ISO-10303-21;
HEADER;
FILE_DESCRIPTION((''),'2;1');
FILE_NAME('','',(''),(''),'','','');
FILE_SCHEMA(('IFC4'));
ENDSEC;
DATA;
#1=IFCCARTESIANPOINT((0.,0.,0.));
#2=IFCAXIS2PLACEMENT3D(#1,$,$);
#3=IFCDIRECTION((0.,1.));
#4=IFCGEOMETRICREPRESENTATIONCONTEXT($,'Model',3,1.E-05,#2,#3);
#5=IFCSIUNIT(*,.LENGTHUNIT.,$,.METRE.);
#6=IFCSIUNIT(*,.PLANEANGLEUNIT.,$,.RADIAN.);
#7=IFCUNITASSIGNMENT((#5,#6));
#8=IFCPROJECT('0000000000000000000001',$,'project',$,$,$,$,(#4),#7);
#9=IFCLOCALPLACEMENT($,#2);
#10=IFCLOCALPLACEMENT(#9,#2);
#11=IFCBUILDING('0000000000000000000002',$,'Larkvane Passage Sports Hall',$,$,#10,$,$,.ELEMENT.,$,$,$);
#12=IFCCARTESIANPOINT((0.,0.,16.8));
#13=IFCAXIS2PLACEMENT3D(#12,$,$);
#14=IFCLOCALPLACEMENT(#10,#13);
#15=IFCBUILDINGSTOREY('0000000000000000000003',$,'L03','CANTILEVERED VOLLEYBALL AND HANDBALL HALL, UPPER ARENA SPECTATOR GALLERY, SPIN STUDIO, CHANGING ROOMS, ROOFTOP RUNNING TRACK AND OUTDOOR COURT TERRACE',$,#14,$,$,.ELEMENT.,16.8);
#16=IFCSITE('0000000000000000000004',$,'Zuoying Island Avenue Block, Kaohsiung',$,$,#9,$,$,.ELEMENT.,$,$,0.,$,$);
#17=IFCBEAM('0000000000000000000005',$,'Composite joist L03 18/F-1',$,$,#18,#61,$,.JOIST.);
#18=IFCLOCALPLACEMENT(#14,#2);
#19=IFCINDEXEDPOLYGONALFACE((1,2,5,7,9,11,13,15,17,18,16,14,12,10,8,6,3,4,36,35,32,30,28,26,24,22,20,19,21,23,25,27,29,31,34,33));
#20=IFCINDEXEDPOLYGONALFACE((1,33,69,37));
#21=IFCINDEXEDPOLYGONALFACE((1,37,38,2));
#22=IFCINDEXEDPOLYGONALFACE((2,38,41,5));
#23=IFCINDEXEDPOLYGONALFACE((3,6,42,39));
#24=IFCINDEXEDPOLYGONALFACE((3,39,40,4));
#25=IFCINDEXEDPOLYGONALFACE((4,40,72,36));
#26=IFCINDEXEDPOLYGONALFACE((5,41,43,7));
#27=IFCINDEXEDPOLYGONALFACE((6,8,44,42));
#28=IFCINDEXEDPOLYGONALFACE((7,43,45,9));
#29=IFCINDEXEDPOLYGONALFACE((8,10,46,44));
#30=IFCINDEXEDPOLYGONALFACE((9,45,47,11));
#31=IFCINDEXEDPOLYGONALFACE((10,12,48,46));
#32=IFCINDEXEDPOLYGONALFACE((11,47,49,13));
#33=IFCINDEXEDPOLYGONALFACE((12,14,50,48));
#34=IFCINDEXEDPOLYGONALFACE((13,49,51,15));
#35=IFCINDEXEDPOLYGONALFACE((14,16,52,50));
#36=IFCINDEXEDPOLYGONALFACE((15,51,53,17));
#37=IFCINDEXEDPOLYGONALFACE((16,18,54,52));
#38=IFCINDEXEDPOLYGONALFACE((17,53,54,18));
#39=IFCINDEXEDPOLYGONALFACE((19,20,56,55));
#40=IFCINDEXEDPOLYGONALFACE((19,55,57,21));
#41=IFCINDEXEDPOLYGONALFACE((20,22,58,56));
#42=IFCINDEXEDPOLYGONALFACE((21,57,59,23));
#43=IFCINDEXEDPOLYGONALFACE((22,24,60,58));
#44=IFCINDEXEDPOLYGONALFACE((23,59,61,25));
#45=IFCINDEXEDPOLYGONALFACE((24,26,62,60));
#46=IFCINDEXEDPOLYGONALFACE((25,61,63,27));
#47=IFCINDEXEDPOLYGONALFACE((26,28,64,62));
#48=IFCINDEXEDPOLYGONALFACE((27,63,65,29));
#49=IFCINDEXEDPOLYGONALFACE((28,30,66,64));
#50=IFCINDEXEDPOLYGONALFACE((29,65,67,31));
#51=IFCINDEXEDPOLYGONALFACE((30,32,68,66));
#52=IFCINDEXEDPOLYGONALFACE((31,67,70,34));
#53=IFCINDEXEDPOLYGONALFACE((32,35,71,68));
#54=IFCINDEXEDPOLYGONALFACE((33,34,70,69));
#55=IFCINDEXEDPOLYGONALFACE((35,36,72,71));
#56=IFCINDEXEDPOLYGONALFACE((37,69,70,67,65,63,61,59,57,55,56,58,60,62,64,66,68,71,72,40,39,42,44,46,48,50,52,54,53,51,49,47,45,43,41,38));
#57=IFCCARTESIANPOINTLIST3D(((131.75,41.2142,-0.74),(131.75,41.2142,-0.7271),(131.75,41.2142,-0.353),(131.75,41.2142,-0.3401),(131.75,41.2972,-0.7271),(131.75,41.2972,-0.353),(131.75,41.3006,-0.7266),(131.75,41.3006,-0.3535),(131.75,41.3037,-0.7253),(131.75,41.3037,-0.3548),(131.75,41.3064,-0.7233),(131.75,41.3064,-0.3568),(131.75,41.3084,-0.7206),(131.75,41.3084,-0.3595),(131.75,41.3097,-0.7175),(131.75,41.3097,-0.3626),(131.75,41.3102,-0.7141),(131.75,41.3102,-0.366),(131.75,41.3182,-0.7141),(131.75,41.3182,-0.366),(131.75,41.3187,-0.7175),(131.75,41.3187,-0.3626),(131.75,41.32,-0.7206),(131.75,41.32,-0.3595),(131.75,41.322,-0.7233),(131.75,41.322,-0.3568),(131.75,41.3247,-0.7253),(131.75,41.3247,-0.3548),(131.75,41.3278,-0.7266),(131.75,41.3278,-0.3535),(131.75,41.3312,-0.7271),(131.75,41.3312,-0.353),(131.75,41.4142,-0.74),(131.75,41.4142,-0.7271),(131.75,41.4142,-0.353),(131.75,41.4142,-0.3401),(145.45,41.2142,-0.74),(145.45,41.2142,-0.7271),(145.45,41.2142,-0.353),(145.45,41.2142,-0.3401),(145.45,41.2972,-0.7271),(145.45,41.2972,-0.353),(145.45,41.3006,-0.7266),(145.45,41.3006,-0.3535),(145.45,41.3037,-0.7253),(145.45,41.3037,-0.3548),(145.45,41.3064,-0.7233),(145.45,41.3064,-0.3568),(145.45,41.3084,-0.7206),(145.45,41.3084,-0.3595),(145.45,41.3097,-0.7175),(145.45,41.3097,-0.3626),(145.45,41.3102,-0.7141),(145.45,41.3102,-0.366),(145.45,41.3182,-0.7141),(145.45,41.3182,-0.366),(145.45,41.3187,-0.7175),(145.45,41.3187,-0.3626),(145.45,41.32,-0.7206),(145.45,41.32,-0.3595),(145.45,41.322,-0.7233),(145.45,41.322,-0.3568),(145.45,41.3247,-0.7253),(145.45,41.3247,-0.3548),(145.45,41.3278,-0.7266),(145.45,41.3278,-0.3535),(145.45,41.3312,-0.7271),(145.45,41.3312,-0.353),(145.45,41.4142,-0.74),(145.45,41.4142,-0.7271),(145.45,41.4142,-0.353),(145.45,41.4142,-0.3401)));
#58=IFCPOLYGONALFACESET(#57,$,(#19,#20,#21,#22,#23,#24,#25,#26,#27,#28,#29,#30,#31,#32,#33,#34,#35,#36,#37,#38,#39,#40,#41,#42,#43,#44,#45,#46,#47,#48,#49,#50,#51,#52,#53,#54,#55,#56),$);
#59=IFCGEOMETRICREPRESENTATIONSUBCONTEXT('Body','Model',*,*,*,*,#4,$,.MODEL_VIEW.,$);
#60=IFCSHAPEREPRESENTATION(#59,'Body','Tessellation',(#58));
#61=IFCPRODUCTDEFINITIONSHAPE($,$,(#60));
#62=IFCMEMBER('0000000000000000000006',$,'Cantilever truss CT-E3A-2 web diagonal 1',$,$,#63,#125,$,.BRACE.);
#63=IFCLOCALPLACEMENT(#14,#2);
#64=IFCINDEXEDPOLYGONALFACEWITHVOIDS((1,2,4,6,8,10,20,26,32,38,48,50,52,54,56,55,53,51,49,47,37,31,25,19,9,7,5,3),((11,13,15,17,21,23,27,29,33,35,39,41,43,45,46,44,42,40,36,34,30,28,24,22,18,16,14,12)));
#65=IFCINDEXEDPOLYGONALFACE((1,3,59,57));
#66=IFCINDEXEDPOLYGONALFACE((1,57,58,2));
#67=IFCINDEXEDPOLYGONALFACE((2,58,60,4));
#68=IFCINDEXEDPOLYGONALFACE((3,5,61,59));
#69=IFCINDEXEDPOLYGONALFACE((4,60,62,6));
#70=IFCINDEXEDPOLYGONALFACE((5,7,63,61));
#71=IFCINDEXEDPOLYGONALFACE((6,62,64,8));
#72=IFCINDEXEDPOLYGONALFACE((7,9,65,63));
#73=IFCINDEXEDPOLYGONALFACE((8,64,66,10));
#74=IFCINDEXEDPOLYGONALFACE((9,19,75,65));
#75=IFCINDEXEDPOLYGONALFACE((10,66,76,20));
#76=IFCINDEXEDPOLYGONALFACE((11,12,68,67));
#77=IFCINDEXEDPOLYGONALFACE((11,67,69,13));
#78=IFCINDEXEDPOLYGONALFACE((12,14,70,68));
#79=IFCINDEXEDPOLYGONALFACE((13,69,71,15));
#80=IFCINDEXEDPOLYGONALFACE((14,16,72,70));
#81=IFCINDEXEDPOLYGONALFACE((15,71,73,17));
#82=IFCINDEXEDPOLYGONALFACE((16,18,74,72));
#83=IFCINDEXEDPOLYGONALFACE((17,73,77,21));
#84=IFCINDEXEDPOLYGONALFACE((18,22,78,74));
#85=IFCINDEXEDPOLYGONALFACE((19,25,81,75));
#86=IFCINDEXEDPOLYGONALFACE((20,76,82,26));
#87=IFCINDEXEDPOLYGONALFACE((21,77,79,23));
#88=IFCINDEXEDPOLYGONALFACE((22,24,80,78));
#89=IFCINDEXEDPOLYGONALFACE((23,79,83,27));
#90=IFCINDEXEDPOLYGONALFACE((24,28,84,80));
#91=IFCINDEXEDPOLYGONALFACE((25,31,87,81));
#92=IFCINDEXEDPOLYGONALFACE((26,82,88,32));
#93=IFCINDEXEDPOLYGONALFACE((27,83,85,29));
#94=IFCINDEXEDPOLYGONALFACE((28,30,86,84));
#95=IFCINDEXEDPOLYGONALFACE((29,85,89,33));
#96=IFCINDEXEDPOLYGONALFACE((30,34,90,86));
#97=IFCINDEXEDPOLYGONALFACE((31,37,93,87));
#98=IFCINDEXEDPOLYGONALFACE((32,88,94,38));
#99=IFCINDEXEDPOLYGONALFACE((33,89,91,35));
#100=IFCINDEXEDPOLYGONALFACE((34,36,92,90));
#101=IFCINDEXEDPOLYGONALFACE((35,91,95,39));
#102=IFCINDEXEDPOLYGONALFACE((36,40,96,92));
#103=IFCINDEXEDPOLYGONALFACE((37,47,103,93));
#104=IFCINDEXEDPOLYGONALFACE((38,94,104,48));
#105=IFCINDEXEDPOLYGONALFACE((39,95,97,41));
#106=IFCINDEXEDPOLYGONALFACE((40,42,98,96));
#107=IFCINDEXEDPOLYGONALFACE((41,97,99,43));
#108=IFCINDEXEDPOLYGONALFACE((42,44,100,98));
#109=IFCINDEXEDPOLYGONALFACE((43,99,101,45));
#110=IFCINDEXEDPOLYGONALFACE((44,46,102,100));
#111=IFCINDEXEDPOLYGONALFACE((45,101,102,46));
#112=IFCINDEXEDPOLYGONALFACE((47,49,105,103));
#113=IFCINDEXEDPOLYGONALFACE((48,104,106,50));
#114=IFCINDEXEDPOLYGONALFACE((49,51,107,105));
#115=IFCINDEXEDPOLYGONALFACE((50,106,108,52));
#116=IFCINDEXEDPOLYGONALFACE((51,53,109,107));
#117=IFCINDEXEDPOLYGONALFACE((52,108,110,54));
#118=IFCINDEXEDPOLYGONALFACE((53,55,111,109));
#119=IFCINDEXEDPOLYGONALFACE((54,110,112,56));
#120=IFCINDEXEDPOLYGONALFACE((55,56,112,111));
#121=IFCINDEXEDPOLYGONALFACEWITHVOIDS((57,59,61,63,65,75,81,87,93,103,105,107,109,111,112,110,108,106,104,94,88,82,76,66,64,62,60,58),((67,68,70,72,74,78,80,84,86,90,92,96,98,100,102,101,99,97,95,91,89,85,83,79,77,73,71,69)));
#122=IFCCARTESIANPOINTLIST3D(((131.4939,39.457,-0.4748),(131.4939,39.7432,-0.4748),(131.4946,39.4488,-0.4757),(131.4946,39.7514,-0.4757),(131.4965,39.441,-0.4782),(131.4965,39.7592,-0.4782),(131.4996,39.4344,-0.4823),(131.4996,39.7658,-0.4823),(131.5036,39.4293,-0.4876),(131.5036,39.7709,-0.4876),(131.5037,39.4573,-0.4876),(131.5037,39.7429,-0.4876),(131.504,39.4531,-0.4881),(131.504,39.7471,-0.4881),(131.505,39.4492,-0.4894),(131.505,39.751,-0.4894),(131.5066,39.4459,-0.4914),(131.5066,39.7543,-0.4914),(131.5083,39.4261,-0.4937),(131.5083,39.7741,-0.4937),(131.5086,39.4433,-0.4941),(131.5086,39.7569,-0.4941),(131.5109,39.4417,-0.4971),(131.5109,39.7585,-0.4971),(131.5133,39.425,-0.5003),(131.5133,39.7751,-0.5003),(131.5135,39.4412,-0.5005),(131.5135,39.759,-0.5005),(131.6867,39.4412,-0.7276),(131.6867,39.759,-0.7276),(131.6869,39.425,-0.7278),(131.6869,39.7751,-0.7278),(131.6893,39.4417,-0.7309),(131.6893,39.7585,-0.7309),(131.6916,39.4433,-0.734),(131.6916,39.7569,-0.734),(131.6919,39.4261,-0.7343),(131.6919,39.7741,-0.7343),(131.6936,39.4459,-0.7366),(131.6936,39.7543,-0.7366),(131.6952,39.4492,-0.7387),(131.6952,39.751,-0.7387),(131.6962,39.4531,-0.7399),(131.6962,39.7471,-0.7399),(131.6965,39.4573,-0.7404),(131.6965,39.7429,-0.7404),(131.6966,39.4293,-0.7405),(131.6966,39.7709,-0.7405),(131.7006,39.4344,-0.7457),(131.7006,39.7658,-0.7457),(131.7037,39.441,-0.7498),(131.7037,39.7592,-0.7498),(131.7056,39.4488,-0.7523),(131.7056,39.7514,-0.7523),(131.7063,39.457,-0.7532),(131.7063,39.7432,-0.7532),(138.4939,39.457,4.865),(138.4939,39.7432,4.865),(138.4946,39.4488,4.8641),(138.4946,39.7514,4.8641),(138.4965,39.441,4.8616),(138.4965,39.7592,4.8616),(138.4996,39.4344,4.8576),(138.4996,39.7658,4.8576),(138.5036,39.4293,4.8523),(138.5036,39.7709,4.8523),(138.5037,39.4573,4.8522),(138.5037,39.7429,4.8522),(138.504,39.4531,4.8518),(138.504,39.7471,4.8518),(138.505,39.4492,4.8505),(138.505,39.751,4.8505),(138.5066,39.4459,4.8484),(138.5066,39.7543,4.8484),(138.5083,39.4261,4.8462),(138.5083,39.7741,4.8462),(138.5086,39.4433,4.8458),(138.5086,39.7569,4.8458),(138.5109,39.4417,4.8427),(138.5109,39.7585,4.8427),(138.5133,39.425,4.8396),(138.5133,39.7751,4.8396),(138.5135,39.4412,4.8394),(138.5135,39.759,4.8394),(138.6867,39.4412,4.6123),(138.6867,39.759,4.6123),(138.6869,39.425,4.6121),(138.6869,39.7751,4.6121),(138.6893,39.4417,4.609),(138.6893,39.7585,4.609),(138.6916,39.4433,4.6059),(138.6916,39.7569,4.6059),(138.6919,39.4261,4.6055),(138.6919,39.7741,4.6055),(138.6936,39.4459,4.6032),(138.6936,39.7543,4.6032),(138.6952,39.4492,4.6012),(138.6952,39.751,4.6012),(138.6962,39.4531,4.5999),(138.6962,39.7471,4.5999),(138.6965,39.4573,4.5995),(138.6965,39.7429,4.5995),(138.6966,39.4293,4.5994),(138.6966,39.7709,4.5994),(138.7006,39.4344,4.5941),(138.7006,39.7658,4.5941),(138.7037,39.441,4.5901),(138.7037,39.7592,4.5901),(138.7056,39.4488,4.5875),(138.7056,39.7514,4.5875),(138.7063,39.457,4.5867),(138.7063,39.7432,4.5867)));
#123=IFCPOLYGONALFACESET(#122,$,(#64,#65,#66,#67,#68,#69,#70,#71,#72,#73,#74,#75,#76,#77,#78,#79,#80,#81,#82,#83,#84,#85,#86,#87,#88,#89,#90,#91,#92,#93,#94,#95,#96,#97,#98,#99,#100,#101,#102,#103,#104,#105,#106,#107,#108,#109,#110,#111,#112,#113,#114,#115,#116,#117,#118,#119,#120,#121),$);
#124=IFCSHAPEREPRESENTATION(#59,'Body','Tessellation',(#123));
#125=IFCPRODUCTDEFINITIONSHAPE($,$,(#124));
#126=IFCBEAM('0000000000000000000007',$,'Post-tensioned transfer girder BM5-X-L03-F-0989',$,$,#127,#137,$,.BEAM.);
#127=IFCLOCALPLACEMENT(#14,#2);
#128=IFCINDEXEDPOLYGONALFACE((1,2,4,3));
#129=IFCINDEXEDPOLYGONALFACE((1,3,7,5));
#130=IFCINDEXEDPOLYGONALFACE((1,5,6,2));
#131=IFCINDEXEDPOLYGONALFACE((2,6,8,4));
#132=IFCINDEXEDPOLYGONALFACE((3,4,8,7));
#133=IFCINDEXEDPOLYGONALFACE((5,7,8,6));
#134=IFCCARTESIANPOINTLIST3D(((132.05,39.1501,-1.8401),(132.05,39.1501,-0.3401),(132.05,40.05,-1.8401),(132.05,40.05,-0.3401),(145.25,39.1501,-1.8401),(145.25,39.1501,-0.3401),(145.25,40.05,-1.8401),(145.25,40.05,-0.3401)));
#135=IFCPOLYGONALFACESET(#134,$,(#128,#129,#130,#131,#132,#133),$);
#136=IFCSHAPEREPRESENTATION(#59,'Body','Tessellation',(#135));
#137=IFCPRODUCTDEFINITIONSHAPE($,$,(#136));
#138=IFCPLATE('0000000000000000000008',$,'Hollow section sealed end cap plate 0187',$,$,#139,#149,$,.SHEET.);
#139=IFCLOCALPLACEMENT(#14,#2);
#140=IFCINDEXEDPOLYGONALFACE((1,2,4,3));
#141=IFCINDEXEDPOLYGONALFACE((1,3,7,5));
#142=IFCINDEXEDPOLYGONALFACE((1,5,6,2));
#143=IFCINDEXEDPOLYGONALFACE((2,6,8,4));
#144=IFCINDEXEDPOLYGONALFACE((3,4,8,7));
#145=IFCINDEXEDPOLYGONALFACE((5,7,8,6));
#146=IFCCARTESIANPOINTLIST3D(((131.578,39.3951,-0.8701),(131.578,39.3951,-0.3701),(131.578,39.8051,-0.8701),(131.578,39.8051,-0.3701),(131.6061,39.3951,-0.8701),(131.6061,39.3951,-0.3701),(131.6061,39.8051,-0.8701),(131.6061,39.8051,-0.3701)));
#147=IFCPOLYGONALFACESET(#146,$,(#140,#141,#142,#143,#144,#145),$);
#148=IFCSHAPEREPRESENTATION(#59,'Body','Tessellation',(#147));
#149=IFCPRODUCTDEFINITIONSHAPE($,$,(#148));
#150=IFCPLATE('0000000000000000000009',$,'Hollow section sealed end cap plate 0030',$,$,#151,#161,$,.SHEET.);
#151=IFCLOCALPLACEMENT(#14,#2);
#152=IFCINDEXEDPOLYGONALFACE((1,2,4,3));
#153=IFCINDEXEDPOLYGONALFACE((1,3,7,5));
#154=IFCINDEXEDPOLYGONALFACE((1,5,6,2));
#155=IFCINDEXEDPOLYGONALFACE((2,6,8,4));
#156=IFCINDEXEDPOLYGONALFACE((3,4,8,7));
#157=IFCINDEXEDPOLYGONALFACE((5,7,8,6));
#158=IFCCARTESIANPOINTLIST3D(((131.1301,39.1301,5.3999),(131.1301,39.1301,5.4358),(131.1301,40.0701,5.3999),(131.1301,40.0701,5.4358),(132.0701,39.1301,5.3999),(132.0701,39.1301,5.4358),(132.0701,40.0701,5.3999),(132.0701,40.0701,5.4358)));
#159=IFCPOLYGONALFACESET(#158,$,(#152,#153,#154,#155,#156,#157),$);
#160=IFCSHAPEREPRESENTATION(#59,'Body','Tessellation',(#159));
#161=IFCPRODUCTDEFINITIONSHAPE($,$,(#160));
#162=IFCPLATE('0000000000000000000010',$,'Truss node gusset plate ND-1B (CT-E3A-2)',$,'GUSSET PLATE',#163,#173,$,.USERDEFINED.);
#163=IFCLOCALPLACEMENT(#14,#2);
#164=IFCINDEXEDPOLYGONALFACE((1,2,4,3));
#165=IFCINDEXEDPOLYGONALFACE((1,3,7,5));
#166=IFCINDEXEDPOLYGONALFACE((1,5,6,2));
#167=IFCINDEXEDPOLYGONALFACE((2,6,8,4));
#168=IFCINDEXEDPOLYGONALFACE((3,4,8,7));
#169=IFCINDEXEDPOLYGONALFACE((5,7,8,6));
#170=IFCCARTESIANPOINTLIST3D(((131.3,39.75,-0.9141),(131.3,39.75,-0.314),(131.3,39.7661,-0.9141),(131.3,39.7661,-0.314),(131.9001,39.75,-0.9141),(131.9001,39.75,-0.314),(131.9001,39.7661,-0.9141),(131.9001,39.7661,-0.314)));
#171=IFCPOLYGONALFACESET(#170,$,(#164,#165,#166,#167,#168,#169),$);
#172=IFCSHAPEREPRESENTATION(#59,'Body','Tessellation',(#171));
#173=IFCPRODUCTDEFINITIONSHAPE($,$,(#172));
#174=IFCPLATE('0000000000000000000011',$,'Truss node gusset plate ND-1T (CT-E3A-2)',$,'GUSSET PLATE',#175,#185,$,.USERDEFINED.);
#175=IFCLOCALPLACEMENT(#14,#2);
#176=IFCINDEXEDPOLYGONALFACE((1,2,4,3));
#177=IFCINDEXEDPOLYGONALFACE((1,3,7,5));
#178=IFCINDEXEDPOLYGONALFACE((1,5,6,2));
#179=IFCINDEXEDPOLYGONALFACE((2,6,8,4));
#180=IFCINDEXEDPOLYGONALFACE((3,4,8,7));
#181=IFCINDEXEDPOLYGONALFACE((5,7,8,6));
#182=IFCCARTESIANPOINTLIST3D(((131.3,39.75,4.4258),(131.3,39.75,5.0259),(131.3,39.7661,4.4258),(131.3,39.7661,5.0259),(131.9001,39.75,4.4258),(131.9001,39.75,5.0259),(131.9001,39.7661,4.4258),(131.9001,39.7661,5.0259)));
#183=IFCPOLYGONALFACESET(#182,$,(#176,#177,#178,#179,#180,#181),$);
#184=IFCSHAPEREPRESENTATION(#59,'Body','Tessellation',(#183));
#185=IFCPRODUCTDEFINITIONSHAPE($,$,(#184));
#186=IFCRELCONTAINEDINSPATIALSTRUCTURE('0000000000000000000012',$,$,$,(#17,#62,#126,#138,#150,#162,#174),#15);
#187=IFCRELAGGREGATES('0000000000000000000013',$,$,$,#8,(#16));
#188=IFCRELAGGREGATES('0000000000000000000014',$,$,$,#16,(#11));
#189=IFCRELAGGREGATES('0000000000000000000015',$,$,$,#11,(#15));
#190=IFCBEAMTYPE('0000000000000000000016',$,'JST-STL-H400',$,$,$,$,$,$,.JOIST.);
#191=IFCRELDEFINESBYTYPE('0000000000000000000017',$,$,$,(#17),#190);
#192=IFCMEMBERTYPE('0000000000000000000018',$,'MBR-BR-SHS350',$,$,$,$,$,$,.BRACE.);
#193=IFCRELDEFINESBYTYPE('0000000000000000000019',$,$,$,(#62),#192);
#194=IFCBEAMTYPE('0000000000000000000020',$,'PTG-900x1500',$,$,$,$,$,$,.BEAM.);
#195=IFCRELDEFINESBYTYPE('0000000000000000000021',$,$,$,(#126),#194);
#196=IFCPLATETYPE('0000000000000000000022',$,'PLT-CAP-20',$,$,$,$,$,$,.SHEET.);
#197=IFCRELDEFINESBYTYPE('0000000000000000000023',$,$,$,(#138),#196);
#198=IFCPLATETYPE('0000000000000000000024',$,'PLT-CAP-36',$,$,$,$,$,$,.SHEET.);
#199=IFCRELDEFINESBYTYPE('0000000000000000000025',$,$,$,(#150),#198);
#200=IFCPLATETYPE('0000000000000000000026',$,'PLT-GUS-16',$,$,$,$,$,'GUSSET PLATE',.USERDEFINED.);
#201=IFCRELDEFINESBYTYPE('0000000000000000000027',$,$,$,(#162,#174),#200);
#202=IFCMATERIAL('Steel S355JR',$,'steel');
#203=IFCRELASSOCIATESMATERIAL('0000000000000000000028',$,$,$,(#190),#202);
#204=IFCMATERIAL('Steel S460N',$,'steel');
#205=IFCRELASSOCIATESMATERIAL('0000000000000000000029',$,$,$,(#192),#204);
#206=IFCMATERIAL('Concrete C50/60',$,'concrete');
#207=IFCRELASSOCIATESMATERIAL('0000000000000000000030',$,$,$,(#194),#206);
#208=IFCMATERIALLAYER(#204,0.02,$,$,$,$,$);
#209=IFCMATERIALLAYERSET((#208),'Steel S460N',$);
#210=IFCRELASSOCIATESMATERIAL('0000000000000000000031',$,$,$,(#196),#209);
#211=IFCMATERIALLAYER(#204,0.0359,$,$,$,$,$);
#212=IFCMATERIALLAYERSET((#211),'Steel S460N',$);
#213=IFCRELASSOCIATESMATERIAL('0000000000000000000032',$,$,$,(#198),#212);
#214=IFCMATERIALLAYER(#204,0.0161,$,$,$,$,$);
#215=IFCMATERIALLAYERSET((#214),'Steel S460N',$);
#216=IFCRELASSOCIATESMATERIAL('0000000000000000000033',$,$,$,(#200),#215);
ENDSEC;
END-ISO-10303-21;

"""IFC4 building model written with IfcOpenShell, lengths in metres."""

from ifc_helpers import new_model, si_unit, direction, frame, origin, origin_2d, place, context, subcontext, project, spatial, rectangle, hollow_rectangle, i_section, extrude, material, layer, layer_set, material_profile, profile_set, type_object, element, save


model = new_model("IFC4")

# Units and contexts
model_context = context("Model", 3, precision=1e-05, world=origin(), true_north=direction((0.0, 1.0)))
body_context = subcontext(model_context, "Body", "Model", "MODEL_VIEW")
ifc_project = project(units=[si_unit("LENGTHUNIT", "METRE"), si_unit("PLANEANGLEUNIT", "RADIAN")], contexts=[model_context])

# Site, building, storey
site_placement = place(None, origin())
site = spatial("IfcSite", under=ifc_project, at=site_placement, Name="Zuoying Island Avenue Block, Kaohsiung", CompositionType="ELEMENT", RefElevation=0.0)
building_placement = place(site_placement, origin())
building = spatial("IfcBuilding", under=site, at=building_placement, Name="Larkvane Passage Sports Hall", CompositionType="ELEMENT")
storey_placement = place(building_placement, frame((0.0, 0.0, 16.8)))
storey = spatial("IfcBuildingStorey", under=building, at=storey_placement, Name="L03", Description="CANTILEVERED VOLLEYBALL AND HANDBALL HALL, UPPER ARENA SPECTATOR GALLERY, SPIN STUDIO, CHANGING ROOMS, ROOFTOP RUNNING TRACK AND OUTDOOR COURT TERRACE", CompositionType="ELEMENT", Elevation=16.8)

# Shared definitions
ifc_material_1 = material(Name="Steel S460N", Category="steel")

# Beam
ifc_material_2 = material(Name="Steel S355JR", Category="steel")
ifc_material_profile_1 = material_profile(ifc_material_2, i_section(OverallWidth=0.2, OverallDepth=0.3999, WebThickness=0.0081, FlangeThickness=0.0129, FilletRadius=0.0129, at=origin_2d()), Name="H-400x200x8x13")
ifc_profile_set_1 = profile_set([ifc_material_profile_1], Name="Steel S355JR")
beam_type_1 = type_object("IfcBeamType", Name="JST-STL-H400", PredefinedType="JOIST", material=ifc_profile_set_1)
beam_1_placement = place(storey_placement, frame((131.75, 41.3142, -0.54), z_axis=(1.0, 0.0, 0.0), x_axis=(0.0, 1.0, 0.0)))
element("IfcBeam", 1, at=beam_1_placement, inside=storey, type_object=beam_type_1, Name="Composite joist L03 18/F-1", PredefinedType="JOIST", context=body_context, shape_type="SweptSolid", body=[
    extrude(i_section(OverallWidth=0.2, OverallDepth=0.3999, WebThickness=0.0081, FlangeThickness=0.0129, FilletRadius=0.0129, at=origin_2d()), origin(), (0.0, 0.0, 1.0), 13.7),
])

# Member
ifc_material_profile_2 = material_profile(ifc_material_1, hollow_rectangle(XDim=0.3501, YDim=0.3501, WallThickness=0.0161, InnerFilletRadius=0.0161, OuterFilletRadius=0.032, at=origin_2d()), Name="SHS-350x350x16")
ifc_profile_set_2 = profile_set([ifc_material_profile_2], Name="Steel S460N")
member_type = type_object("IfcMemberType", Name="MBR-BR-SHS350", PredefinedType="BRACE", material=ifc_profile_set_2)
member_placement = place(storey_placement, frame((131.6001, 39.6001, -0.614), z_axis=(0.795075, 0.0, 0.606511), x_axis=(0.0, 1.0, 0.0)))
element("IfcMember", 2, at=member_placement, inside=storey, type_object=member_type, Name="Cantilever truss CT-E3A-2 web diagonal 1", PredefinedType="BRACE", context=body_context, shape_type="SweptSolid", body=[
    extrude(hollow_rectangle(XDim=0.3501, YDim=0.3501, WallThickness=0.0161, InnerFilletRadius=0.0161, OuterFilletRadius=0.032, at=origin_2d()), origin(), (0.0, 0.0, 1.0), 8.8042),
])

# Beam
ifc_material_3 = material(Name="Concrete C50/60", Category="concrete")
ifc_material_profile_3 = material_profile(ifc_material_3, rectangle(XDim=0.8999, YDim=1.5, at=origin_2d()), Name="PT-GIR-900x1500")
ifc_profile_set_3 = profile_set([ifc_material_profile_3], Name="Concrete C50/60")
beam_type_2 = type_object("IfcBeamType", Name="PTG-900x1500", PredefinedType="BEAM", material=ifc_profile_set_3)
beam_2_placement = place(storey_placement, frame((132.05, 39.6001, -1.0901), z_axis=(1.0, 0.0, 0.0), x_axis=(0.0, 1.0, 0.0)))
element("IfcBeam", 3, at=beam_2_placement, inside=storey, type_object=beam_type_2, Name="Post-tensioned transfer girder BM5-X-L03-F-0989", PredefinedType="BEAM", context=body_context, shape_type="SweptSolid", body=[
    extrude(rectangle(XDim=0.8999, YDim=1.5, at=origin_2d()), origin(), (0.0, 0.0, 1.0), 13.2),
])

# Plates
ifc_layer_1 = layer(ifc_material_1, 0.02)
ifc_layer_set_1 = layer_set([ifc_layer_1], Name="Steel S460N")
plate_type_1 = type_object("IfcPlateType", Name="PLT-CAP-20", PredefinedType="SHEET", material=ifc_layer_set_1)
plate_1_placement = place(storey_placement, frame((131.592, 39.6001, -0.8701), z_axis=(0.0, 0.0, 1.0), x_axis=(0.0, 1.0, 0.0)))
element("IfcPlate", 4, at=plate_1_placement, inside=storey, type_object=plate_type_1, Name="Hollow section sealed end cap plate 0187", PredefinedType="SHEET", context=body_context, shape_type="SweptSolid", body=[
    extrude(rectangle(XDim=0.4099, YDim=0.0281, at=origin_2d()), origin(), (0.0, 0.0, 1.0), 0.5),
])
ifc_layer_2 = layer(ifc_material_1, 0.0359)
ifc_layer_set_2 = layer_set([ifc_layer_2], Name="Steel S460N")
plate_type_2 = type_object("IfcPlateType", Name="PLT-CAP-36", PredefinedType="SHEET", material=ifc_layer_set_2)
plate_2_placement = place(storey_placement, frame((131.6001, 39.6001, 5.3999), z_axis=(0.0, 0.0, 1.0), x_axis=(1.0, 0.0, 0.0)))
element("IfcPlate", 5, at=plate_2_placement, inside=storey, type_object=plate_type_2, Name="Hollow section sealed end cap plate 0030", PredefinedType="SHEET", context=body_context, shape_type="SweptSolid", body=[
    extrude(rectangle(XDim=0.9399, YDim=0.9399, at=origin_2d()), origin(), (0.0, 0.0, 1.0), 0.0359),
])
ifc_layer_3 = layer(ifc_material_1, 0.0161)
ifc_layer_set_3 = layer_set([ifc_layer_3], Name="Steel S460N")
plate_type_3 = type_object("IfcPlateType", Name="PLT-GUS-16", ElementType="GUSSET PLATE", PredefinedType="USERDEFINED", material=ifc_layer_set_3)
for number, where, z_axis, x_axis, name in (
    (6, (131.6001, 39.7581, -0.9141), (0.0, 0.0, 1.0), (1.0, 0.0, 0.0), "Truss node gusset plate ND-1B (CT-E3A-2)"),
    (7, (131.6001, 39.7581, 4.4258), (0.0, 0.0, 1.0), (1.0, 0.0, 0.0), "Truss node gusset plate ND-1T (CT-E3A-2)"),
):
    element("IfcPlate", number, at=place(storey_placement, frame(where, z_axis=z_axis, x_axis=x_axis)), inside=storey, type_object=plate_type_3, Name=name, ObjectType="GUSSET PLATE", PredefinedType="USERDEFINED", context=body_context, shape_type="SweptSolid", body=[
        extrude(rectangle(XDim=0.6001, YDim=0.0161, at=origin_2d()), origin(), (0.0, 0.0, 1.0), 0.6001),
    ])

save(model, "model.ifc")
